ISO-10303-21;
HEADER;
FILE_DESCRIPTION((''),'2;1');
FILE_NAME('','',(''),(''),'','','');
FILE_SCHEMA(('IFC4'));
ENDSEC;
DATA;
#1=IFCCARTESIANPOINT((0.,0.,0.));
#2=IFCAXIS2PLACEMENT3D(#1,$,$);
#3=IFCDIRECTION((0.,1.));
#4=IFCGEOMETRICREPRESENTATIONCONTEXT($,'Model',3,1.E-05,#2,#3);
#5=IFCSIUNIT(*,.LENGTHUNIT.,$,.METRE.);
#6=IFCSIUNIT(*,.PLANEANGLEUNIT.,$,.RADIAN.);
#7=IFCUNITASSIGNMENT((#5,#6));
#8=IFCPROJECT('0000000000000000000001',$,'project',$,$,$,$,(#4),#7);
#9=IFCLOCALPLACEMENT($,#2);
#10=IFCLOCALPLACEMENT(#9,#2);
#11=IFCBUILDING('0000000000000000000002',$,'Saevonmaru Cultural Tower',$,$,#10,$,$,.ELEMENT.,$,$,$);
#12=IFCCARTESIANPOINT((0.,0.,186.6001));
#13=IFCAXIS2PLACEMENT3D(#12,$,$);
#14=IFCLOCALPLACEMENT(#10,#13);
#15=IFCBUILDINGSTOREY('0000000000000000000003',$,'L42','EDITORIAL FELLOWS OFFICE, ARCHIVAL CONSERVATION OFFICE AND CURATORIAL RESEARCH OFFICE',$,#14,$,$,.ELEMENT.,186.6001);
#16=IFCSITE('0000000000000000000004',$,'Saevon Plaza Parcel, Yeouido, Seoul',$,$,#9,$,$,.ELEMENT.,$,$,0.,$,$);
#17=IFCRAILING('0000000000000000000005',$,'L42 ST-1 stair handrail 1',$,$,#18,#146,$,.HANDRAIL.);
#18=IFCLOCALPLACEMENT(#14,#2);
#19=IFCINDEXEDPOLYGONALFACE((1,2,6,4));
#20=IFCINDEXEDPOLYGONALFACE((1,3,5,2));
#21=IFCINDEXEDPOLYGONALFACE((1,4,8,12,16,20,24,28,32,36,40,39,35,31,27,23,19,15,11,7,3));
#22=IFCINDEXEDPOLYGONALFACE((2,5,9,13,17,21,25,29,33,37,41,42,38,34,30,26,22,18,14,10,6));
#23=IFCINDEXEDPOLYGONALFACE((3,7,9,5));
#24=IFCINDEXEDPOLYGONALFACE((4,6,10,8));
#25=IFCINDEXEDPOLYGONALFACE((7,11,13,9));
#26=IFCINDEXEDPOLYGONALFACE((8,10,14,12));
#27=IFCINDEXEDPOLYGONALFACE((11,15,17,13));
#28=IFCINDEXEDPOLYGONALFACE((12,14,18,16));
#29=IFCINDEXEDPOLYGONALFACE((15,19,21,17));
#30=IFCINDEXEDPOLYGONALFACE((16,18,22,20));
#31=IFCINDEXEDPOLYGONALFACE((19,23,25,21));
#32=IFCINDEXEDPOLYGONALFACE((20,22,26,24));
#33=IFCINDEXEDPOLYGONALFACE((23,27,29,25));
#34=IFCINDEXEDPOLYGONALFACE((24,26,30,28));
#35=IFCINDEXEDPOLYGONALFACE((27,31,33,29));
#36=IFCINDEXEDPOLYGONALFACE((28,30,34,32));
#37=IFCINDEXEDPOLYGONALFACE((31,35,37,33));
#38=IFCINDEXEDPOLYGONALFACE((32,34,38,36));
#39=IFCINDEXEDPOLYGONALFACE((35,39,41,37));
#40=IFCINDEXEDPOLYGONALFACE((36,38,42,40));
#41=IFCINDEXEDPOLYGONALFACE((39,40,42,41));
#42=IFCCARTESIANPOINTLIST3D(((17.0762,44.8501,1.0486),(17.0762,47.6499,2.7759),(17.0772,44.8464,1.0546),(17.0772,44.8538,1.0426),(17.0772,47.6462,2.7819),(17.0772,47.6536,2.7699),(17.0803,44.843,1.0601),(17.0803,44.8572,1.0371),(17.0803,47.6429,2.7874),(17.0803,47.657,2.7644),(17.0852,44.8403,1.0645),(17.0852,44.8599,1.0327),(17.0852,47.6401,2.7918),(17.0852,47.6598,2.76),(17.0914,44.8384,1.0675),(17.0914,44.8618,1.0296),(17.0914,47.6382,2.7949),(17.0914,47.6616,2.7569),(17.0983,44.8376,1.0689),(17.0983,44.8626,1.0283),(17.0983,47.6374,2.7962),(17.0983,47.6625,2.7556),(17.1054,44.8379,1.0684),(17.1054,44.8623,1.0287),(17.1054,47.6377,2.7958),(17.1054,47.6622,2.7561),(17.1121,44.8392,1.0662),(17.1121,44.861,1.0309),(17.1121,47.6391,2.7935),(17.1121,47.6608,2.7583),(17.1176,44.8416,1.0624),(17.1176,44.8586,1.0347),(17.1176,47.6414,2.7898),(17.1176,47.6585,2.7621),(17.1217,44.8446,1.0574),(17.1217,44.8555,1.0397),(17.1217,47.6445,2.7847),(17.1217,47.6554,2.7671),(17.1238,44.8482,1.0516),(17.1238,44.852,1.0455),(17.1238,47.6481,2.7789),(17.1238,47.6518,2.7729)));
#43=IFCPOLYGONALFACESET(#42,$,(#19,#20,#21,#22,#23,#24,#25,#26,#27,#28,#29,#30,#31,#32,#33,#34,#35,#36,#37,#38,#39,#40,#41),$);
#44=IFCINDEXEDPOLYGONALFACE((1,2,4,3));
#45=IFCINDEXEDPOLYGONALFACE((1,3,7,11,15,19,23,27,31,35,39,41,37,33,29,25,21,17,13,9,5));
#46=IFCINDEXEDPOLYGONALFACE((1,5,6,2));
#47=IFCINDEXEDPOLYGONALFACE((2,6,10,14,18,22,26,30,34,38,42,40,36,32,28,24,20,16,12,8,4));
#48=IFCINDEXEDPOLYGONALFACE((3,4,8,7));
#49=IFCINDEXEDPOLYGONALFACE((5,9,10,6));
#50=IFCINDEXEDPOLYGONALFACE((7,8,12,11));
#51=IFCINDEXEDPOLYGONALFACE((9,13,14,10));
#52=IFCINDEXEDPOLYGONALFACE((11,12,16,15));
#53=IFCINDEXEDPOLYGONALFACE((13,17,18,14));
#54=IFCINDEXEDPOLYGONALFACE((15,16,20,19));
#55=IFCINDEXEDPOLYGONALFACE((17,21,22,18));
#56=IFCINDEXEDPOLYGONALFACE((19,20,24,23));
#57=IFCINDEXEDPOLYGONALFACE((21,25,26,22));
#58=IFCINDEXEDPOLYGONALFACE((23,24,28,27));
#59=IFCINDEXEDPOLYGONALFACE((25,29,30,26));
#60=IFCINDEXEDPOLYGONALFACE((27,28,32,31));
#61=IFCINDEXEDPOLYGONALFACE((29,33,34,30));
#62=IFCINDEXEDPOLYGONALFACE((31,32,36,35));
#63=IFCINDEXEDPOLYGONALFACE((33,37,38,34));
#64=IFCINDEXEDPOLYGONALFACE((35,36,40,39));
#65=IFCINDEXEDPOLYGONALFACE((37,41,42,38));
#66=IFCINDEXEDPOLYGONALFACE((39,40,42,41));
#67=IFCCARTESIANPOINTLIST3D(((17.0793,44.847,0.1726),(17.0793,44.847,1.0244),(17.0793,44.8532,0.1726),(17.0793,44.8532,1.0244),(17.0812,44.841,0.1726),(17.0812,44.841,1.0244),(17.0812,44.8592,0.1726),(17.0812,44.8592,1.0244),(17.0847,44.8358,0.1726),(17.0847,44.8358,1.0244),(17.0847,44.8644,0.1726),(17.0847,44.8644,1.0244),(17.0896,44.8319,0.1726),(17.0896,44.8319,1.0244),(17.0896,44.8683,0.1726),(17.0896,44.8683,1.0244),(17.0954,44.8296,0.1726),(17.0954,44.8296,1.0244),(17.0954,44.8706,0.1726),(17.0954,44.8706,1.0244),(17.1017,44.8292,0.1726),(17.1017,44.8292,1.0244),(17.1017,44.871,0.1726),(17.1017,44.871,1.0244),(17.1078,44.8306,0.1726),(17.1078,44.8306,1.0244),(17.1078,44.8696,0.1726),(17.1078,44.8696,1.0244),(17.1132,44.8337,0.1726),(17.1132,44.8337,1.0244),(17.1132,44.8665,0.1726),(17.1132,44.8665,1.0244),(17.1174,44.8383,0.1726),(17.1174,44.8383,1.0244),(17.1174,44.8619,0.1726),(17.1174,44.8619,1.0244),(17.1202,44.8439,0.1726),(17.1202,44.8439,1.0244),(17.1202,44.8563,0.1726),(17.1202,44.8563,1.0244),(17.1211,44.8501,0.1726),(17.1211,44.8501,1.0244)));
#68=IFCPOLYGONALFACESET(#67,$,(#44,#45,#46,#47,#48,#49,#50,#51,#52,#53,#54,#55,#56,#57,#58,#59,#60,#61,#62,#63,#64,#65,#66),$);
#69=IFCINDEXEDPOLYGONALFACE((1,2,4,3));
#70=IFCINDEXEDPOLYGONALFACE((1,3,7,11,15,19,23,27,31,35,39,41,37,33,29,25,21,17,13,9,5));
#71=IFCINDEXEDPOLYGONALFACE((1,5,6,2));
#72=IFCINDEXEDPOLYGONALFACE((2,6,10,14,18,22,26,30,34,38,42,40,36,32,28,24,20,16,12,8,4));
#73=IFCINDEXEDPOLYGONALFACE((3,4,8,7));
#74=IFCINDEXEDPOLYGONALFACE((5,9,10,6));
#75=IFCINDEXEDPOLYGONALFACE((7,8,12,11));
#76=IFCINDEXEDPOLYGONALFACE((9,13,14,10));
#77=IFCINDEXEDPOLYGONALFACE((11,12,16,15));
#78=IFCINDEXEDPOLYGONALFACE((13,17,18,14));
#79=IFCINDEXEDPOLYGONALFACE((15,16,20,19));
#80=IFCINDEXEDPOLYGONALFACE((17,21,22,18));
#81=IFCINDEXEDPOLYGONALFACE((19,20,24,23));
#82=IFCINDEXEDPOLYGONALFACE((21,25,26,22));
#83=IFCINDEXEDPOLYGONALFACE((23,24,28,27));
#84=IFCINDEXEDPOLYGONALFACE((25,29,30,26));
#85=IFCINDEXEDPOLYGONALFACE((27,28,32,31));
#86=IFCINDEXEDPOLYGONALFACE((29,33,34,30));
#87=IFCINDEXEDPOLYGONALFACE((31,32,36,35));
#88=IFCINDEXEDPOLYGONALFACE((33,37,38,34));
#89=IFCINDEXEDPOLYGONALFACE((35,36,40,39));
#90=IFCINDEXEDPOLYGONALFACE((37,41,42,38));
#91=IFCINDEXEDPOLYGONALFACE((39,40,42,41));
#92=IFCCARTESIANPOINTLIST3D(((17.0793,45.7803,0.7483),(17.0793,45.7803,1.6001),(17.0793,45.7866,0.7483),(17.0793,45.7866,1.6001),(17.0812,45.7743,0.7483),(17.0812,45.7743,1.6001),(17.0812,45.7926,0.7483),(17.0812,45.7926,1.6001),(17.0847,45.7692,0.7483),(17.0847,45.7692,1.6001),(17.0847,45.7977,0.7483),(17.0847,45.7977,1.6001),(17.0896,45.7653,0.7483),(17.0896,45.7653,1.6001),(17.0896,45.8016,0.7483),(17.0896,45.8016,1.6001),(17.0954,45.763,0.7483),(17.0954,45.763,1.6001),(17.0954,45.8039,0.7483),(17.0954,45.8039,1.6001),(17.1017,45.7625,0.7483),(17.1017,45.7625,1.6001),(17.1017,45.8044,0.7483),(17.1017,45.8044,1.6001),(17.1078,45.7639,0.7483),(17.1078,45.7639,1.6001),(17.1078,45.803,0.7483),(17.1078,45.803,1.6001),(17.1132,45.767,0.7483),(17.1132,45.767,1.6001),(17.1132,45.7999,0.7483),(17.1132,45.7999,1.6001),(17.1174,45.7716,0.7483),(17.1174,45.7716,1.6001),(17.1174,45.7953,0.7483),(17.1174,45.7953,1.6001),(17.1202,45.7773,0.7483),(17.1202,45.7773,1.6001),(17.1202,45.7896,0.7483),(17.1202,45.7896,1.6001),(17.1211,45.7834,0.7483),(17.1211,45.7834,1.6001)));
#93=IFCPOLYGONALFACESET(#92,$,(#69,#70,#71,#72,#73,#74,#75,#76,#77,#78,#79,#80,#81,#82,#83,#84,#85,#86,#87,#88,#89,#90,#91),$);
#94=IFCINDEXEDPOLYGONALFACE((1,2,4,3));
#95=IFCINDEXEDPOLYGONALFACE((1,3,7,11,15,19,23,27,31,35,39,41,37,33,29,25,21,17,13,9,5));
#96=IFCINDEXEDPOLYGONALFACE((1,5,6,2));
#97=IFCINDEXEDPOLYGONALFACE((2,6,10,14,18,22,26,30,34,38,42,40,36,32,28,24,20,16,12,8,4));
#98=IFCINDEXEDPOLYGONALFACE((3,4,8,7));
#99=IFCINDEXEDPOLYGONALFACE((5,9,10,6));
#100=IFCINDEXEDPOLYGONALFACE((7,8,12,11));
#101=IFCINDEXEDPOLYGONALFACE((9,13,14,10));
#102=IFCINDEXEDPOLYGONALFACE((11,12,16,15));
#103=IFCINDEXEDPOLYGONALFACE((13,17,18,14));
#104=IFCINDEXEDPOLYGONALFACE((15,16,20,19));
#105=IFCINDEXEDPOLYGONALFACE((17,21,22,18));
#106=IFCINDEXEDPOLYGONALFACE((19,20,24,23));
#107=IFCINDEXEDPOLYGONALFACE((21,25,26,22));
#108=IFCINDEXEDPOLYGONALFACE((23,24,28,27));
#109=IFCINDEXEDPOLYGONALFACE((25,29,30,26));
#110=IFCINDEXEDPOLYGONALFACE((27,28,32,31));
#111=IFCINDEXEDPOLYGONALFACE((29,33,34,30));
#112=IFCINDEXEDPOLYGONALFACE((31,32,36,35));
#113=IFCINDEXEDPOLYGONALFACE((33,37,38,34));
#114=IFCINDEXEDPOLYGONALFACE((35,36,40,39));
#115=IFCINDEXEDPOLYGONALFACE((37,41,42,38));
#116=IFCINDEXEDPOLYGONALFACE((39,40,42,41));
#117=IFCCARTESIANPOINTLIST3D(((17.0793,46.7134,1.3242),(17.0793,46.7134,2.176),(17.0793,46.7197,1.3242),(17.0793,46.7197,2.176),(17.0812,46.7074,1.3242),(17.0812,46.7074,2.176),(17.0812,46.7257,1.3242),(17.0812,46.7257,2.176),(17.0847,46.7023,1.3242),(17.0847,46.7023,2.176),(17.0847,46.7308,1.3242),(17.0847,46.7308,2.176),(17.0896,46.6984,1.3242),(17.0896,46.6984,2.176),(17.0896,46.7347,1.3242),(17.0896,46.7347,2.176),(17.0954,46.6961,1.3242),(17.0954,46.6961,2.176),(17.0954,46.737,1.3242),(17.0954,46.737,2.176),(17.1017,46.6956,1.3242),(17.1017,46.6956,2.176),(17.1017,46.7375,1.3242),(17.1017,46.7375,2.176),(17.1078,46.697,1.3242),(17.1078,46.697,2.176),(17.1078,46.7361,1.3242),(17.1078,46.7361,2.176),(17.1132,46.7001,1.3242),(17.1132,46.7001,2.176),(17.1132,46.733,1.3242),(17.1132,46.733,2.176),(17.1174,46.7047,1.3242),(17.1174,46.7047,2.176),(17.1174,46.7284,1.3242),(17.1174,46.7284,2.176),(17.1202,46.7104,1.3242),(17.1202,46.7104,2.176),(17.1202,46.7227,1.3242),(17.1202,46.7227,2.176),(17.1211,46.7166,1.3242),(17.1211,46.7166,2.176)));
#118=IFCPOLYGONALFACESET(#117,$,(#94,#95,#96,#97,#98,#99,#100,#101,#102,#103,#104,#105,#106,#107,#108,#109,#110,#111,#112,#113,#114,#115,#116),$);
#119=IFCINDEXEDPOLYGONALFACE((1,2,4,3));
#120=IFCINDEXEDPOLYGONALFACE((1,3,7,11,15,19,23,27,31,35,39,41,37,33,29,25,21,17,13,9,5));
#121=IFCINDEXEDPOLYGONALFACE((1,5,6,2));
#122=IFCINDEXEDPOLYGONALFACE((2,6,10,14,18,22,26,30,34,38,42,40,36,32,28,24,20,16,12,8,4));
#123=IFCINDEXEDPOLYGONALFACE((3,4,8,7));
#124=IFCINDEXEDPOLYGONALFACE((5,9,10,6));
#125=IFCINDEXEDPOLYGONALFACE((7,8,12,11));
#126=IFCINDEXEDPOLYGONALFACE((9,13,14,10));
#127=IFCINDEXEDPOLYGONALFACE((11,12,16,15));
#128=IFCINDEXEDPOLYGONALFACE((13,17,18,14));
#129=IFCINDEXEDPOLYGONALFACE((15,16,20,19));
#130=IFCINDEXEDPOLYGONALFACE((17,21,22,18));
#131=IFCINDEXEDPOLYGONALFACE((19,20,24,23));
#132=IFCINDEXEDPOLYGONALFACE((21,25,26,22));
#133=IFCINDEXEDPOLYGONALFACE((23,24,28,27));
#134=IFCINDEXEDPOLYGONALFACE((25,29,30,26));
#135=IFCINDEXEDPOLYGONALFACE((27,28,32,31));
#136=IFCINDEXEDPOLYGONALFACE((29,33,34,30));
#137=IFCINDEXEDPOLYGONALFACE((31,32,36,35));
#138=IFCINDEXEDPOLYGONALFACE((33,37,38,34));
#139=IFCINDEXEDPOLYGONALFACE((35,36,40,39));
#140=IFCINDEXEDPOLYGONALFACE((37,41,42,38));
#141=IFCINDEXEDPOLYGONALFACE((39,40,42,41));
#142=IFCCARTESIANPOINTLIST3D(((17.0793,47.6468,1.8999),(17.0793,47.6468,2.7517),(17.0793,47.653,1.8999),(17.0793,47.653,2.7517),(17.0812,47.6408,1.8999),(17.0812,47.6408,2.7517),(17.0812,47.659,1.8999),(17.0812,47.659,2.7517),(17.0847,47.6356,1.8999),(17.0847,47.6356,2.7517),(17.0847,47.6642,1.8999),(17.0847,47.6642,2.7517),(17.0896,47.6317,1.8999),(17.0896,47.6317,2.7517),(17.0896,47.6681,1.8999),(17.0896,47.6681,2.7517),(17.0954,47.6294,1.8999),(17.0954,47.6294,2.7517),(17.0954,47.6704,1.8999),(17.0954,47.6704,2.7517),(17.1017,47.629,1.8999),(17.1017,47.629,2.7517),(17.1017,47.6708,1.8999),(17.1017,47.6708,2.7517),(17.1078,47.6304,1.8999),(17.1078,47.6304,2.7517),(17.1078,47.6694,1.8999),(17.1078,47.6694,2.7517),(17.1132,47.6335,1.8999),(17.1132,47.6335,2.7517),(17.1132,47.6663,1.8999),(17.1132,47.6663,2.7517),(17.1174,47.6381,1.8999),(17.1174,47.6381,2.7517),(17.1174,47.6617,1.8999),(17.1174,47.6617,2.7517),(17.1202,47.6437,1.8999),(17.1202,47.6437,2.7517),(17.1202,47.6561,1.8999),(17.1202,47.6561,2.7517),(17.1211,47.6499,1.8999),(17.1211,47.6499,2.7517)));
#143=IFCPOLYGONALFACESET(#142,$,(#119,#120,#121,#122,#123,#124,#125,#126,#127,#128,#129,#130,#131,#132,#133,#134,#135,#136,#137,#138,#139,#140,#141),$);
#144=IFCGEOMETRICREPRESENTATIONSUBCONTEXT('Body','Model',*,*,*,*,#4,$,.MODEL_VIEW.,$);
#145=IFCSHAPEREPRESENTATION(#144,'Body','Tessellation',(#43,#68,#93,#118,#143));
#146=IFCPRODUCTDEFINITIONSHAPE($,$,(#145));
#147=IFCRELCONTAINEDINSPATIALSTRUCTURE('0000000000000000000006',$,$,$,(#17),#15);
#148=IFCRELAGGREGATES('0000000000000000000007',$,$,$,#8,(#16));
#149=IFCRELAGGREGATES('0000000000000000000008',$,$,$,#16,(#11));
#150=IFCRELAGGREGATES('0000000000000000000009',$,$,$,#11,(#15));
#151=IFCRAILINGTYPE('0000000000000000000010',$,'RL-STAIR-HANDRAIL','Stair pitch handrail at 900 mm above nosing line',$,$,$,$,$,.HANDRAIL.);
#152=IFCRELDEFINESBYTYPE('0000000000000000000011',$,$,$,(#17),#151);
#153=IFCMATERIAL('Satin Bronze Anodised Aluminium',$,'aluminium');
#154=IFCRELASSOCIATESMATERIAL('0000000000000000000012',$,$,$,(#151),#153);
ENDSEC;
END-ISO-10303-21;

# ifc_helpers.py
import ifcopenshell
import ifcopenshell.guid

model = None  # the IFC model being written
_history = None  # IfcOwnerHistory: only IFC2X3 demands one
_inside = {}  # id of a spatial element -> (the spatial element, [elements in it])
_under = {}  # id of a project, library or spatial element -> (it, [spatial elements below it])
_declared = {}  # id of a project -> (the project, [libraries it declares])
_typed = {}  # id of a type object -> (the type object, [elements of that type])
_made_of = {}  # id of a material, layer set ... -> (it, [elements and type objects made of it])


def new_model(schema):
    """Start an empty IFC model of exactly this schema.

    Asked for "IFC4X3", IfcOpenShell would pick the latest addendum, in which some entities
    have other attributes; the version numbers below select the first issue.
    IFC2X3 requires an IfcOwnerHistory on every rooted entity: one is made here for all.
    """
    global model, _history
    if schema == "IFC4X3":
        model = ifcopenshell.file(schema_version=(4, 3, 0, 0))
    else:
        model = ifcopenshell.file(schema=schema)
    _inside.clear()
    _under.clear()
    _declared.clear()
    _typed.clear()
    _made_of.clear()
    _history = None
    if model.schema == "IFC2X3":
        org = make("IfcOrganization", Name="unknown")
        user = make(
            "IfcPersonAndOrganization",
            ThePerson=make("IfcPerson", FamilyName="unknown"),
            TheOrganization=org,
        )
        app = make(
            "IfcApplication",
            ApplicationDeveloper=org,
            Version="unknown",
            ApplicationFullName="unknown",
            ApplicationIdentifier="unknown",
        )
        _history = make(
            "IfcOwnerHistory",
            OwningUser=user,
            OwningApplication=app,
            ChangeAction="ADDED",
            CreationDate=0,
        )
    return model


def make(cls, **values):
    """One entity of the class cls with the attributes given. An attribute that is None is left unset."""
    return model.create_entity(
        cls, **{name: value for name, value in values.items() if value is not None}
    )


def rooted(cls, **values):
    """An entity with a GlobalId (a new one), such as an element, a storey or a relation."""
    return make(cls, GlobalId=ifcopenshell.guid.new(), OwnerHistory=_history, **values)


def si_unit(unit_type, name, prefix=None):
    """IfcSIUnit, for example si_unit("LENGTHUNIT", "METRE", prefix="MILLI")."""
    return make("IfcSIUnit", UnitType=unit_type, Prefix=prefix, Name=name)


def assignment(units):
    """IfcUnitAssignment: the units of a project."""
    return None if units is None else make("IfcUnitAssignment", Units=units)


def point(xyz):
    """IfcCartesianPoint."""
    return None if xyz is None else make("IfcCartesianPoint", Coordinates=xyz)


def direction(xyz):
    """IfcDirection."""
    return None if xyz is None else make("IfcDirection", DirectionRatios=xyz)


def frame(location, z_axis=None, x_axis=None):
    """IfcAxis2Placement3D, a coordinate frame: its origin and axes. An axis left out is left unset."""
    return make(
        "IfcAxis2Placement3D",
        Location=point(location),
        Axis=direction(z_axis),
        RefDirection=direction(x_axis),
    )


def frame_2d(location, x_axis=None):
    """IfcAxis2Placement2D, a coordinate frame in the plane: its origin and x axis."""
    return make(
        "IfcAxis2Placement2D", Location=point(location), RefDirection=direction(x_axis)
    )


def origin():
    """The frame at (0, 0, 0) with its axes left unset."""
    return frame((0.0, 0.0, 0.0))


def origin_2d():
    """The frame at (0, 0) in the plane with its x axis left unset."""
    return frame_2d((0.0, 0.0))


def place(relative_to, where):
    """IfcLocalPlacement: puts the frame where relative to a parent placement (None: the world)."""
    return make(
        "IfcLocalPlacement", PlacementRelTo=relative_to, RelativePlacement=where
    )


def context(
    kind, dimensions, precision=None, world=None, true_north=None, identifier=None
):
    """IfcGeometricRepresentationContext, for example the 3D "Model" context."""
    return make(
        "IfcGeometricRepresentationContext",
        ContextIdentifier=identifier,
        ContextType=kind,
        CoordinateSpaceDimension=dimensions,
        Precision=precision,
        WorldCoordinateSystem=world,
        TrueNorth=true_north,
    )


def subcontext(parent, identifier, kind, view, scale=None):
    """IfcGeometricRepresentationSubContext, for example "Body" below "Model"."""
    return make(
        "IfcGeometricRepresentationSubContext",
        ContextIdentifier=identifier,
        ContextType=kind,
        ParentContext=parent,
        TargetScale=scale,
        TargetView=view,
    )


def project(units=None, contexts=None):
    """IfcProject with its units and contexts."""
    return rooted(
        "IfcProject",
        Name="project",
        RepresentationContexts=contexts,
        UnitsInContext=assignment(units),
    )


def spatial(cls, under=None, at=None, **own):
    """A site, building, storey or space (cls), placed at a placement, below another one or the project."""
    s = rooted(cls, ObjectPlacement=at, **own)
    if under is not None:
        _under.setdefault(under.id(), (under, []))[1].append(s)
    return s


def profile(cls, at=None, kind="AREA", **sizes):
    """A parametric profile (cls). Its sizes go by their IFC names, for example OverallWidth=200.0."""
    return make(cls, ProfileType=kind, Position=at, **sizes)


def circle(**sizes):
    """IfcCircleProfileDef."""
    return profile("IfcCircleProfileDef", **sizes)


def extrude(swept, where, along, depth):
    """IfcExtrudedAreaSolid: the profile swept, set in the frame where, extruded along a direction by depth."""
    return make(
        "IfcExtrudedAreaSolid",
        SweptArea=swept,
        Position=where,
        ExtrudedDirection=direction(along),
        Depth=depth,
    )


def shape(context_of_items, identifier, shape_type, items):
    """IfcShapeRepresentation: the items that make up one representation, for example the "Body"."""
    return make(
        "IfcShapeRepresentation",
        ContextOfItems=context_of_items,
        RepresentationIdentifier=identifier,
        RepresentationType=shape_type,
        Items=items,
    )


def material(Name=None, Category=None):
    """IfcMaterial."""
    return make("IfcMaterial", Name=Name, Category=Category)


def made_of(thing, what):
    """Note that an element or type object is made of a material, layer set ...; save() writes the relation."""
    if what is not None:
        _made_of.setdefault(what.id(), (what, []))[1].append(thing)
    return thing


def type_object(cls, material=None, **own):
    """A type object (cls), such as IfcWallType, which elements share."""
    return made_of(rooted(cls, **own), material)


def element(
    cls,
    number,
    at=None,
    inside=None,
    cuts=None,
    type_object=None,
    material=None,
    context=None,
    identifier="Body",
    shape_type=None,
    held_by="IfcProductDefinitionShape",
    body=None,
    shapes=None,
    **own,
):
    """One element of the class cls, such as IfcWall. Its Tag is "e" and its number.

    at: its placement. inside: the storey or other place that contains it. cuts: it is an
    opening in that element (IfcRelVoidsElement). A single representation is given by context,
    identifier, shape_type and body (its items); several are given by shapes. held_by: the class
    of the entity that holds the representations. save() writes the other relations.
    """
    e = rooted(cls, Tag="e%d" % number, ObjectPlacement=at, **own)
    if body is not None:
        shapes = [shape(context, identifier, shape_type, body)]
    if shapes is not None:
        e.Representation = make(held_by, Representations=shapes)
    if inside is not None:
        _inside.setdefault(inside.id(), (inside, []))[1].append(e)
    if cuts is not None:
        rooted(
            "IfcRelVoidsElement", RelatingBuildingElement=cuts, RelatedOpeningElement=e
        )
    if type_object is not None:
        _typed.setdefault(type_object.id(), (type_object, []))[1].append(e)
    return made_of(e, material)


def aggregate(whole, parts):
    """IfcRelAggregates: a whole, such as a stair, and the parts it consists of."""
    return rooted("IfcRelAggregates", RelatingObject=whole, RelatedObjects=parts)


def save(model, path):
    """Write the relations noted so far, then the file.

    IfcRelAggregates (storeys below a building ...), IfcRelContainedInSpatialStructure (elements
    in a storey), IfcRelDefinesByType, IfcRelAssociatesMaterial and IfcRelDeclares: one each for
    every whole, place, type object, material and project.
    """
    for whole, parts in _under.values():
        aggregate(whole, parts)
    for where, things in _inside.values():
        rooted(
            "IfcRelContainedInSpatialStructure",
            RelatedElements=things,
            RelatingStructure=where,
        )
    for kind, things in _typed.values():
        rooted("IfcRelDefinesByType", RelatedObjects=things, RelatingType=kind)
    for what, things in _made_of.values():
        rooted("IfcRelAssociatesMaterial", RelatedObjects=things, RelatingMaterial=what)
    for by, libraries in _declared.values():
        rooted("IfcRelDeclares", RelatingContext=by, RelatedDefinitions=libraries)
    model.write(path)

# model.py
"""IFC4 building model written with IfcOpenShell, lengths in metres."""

from ifc_helpers import new_model, si_unit, direction, frame, origin, origin_2d, place, context, subcontext, project, spatial, circle, extrude, material, type_object, element, save


model = new_model("IFC4")

# Units and contexts
model_context = context("Model", 3, precision=1e-05, world=origin(), true_north=direction((0.0, 1.0)))
body_context = subcontext(model_context, "Body", "Model", "MODEL_VIEW")
ifc_project = project(units=[si_unit("LENGTHUNIT", "METRE"), si_unit("PLANEANGLEUNIT", "RADIAN")], contexts=[model_context])

# Site, building, storey
site_placement = place(None, origin())
site = spatial("IfcSite", under=ifc_project, at=site_placement, Name="Saevon Plaza Parcel, Yeouido, Seoul", CompositionType="ELEMENT", RefElevation=0.0)
building_placement = place(site_placement, origin())
building = spatial("IfcBuilding", under=site, at=building_placement, Name="Saevonmaru Cultural Tower", CompositionType="ELEMENT")
storey_placement = place(building_placement, frame((0.0, 0.0, 186.6001)))
storey = spatial("IfcBuildingStorey", under=building, at=storey_placement, Name="L42", Description="EDITORIAL FELLOWS OFFICE, ARCHIVAL CONSERVATION OFFICE AND CURATORIAL RESEARCH OFFICE", CompositionType="ELEMENT", Elevation=186.6001)

# Shared definitions
ifc_material_1 = material(Name="Satin Bronze Anodised Aluminium", Category="aluminium")

# Railing
railing_type_1 = type_object("IfcRailingType", Name="RL-STAIR-HANDRAIL", Description="Stair pitch handrail at 900 mm above nosing line", PredefinedType="HANDRAIL", material=ifc_material_1)
railing_1_placement = place(storey_placement, frame((17.1001, 44.8501, 0.1726)))
element("IfcRailing", 1, at=railing_1_placement, inside=storey, type_object=railing_type_1, Name="L42 ST-1 stair handrail 1", PredefinedType="HANDRAIL", context=body_context, shape_type="SweptSolid", body=[
    extrude(circle(Radius=0.0239, at=origin_2d()), frame((0.0, 0.0, 0.876), z_axis=(0.0, 0.851069, 0.525054), x_axis=(-1.0, 0.0, 0.0)), (0.0, 0.0, 1.0), 3.2898),
    extrude(circle(Radius=0.021, at=origin_2d()), origin(), (0.0, 0.0, 1.0), 0.8518),
    extrude(circle(Radius=0.021, at=origin_2d()), frame((0.0, 0.9333, 0.5757)), (0.0, 0.0, 1.0), 0.8518),
    extrude(circle(Radius=0.021, at=origin_2d()), frame((0.0, 1.8665, 1.1516)), (0.0, 0.0, 1.0), 0.8518),
    extrude(circle(Radius=0.021, at=origin_2d()), frame((0.0, 2.7998, 1.7273)), (0.0, 0.0, 1.0), 0.8518),
])

save(model, "model.ifc")
